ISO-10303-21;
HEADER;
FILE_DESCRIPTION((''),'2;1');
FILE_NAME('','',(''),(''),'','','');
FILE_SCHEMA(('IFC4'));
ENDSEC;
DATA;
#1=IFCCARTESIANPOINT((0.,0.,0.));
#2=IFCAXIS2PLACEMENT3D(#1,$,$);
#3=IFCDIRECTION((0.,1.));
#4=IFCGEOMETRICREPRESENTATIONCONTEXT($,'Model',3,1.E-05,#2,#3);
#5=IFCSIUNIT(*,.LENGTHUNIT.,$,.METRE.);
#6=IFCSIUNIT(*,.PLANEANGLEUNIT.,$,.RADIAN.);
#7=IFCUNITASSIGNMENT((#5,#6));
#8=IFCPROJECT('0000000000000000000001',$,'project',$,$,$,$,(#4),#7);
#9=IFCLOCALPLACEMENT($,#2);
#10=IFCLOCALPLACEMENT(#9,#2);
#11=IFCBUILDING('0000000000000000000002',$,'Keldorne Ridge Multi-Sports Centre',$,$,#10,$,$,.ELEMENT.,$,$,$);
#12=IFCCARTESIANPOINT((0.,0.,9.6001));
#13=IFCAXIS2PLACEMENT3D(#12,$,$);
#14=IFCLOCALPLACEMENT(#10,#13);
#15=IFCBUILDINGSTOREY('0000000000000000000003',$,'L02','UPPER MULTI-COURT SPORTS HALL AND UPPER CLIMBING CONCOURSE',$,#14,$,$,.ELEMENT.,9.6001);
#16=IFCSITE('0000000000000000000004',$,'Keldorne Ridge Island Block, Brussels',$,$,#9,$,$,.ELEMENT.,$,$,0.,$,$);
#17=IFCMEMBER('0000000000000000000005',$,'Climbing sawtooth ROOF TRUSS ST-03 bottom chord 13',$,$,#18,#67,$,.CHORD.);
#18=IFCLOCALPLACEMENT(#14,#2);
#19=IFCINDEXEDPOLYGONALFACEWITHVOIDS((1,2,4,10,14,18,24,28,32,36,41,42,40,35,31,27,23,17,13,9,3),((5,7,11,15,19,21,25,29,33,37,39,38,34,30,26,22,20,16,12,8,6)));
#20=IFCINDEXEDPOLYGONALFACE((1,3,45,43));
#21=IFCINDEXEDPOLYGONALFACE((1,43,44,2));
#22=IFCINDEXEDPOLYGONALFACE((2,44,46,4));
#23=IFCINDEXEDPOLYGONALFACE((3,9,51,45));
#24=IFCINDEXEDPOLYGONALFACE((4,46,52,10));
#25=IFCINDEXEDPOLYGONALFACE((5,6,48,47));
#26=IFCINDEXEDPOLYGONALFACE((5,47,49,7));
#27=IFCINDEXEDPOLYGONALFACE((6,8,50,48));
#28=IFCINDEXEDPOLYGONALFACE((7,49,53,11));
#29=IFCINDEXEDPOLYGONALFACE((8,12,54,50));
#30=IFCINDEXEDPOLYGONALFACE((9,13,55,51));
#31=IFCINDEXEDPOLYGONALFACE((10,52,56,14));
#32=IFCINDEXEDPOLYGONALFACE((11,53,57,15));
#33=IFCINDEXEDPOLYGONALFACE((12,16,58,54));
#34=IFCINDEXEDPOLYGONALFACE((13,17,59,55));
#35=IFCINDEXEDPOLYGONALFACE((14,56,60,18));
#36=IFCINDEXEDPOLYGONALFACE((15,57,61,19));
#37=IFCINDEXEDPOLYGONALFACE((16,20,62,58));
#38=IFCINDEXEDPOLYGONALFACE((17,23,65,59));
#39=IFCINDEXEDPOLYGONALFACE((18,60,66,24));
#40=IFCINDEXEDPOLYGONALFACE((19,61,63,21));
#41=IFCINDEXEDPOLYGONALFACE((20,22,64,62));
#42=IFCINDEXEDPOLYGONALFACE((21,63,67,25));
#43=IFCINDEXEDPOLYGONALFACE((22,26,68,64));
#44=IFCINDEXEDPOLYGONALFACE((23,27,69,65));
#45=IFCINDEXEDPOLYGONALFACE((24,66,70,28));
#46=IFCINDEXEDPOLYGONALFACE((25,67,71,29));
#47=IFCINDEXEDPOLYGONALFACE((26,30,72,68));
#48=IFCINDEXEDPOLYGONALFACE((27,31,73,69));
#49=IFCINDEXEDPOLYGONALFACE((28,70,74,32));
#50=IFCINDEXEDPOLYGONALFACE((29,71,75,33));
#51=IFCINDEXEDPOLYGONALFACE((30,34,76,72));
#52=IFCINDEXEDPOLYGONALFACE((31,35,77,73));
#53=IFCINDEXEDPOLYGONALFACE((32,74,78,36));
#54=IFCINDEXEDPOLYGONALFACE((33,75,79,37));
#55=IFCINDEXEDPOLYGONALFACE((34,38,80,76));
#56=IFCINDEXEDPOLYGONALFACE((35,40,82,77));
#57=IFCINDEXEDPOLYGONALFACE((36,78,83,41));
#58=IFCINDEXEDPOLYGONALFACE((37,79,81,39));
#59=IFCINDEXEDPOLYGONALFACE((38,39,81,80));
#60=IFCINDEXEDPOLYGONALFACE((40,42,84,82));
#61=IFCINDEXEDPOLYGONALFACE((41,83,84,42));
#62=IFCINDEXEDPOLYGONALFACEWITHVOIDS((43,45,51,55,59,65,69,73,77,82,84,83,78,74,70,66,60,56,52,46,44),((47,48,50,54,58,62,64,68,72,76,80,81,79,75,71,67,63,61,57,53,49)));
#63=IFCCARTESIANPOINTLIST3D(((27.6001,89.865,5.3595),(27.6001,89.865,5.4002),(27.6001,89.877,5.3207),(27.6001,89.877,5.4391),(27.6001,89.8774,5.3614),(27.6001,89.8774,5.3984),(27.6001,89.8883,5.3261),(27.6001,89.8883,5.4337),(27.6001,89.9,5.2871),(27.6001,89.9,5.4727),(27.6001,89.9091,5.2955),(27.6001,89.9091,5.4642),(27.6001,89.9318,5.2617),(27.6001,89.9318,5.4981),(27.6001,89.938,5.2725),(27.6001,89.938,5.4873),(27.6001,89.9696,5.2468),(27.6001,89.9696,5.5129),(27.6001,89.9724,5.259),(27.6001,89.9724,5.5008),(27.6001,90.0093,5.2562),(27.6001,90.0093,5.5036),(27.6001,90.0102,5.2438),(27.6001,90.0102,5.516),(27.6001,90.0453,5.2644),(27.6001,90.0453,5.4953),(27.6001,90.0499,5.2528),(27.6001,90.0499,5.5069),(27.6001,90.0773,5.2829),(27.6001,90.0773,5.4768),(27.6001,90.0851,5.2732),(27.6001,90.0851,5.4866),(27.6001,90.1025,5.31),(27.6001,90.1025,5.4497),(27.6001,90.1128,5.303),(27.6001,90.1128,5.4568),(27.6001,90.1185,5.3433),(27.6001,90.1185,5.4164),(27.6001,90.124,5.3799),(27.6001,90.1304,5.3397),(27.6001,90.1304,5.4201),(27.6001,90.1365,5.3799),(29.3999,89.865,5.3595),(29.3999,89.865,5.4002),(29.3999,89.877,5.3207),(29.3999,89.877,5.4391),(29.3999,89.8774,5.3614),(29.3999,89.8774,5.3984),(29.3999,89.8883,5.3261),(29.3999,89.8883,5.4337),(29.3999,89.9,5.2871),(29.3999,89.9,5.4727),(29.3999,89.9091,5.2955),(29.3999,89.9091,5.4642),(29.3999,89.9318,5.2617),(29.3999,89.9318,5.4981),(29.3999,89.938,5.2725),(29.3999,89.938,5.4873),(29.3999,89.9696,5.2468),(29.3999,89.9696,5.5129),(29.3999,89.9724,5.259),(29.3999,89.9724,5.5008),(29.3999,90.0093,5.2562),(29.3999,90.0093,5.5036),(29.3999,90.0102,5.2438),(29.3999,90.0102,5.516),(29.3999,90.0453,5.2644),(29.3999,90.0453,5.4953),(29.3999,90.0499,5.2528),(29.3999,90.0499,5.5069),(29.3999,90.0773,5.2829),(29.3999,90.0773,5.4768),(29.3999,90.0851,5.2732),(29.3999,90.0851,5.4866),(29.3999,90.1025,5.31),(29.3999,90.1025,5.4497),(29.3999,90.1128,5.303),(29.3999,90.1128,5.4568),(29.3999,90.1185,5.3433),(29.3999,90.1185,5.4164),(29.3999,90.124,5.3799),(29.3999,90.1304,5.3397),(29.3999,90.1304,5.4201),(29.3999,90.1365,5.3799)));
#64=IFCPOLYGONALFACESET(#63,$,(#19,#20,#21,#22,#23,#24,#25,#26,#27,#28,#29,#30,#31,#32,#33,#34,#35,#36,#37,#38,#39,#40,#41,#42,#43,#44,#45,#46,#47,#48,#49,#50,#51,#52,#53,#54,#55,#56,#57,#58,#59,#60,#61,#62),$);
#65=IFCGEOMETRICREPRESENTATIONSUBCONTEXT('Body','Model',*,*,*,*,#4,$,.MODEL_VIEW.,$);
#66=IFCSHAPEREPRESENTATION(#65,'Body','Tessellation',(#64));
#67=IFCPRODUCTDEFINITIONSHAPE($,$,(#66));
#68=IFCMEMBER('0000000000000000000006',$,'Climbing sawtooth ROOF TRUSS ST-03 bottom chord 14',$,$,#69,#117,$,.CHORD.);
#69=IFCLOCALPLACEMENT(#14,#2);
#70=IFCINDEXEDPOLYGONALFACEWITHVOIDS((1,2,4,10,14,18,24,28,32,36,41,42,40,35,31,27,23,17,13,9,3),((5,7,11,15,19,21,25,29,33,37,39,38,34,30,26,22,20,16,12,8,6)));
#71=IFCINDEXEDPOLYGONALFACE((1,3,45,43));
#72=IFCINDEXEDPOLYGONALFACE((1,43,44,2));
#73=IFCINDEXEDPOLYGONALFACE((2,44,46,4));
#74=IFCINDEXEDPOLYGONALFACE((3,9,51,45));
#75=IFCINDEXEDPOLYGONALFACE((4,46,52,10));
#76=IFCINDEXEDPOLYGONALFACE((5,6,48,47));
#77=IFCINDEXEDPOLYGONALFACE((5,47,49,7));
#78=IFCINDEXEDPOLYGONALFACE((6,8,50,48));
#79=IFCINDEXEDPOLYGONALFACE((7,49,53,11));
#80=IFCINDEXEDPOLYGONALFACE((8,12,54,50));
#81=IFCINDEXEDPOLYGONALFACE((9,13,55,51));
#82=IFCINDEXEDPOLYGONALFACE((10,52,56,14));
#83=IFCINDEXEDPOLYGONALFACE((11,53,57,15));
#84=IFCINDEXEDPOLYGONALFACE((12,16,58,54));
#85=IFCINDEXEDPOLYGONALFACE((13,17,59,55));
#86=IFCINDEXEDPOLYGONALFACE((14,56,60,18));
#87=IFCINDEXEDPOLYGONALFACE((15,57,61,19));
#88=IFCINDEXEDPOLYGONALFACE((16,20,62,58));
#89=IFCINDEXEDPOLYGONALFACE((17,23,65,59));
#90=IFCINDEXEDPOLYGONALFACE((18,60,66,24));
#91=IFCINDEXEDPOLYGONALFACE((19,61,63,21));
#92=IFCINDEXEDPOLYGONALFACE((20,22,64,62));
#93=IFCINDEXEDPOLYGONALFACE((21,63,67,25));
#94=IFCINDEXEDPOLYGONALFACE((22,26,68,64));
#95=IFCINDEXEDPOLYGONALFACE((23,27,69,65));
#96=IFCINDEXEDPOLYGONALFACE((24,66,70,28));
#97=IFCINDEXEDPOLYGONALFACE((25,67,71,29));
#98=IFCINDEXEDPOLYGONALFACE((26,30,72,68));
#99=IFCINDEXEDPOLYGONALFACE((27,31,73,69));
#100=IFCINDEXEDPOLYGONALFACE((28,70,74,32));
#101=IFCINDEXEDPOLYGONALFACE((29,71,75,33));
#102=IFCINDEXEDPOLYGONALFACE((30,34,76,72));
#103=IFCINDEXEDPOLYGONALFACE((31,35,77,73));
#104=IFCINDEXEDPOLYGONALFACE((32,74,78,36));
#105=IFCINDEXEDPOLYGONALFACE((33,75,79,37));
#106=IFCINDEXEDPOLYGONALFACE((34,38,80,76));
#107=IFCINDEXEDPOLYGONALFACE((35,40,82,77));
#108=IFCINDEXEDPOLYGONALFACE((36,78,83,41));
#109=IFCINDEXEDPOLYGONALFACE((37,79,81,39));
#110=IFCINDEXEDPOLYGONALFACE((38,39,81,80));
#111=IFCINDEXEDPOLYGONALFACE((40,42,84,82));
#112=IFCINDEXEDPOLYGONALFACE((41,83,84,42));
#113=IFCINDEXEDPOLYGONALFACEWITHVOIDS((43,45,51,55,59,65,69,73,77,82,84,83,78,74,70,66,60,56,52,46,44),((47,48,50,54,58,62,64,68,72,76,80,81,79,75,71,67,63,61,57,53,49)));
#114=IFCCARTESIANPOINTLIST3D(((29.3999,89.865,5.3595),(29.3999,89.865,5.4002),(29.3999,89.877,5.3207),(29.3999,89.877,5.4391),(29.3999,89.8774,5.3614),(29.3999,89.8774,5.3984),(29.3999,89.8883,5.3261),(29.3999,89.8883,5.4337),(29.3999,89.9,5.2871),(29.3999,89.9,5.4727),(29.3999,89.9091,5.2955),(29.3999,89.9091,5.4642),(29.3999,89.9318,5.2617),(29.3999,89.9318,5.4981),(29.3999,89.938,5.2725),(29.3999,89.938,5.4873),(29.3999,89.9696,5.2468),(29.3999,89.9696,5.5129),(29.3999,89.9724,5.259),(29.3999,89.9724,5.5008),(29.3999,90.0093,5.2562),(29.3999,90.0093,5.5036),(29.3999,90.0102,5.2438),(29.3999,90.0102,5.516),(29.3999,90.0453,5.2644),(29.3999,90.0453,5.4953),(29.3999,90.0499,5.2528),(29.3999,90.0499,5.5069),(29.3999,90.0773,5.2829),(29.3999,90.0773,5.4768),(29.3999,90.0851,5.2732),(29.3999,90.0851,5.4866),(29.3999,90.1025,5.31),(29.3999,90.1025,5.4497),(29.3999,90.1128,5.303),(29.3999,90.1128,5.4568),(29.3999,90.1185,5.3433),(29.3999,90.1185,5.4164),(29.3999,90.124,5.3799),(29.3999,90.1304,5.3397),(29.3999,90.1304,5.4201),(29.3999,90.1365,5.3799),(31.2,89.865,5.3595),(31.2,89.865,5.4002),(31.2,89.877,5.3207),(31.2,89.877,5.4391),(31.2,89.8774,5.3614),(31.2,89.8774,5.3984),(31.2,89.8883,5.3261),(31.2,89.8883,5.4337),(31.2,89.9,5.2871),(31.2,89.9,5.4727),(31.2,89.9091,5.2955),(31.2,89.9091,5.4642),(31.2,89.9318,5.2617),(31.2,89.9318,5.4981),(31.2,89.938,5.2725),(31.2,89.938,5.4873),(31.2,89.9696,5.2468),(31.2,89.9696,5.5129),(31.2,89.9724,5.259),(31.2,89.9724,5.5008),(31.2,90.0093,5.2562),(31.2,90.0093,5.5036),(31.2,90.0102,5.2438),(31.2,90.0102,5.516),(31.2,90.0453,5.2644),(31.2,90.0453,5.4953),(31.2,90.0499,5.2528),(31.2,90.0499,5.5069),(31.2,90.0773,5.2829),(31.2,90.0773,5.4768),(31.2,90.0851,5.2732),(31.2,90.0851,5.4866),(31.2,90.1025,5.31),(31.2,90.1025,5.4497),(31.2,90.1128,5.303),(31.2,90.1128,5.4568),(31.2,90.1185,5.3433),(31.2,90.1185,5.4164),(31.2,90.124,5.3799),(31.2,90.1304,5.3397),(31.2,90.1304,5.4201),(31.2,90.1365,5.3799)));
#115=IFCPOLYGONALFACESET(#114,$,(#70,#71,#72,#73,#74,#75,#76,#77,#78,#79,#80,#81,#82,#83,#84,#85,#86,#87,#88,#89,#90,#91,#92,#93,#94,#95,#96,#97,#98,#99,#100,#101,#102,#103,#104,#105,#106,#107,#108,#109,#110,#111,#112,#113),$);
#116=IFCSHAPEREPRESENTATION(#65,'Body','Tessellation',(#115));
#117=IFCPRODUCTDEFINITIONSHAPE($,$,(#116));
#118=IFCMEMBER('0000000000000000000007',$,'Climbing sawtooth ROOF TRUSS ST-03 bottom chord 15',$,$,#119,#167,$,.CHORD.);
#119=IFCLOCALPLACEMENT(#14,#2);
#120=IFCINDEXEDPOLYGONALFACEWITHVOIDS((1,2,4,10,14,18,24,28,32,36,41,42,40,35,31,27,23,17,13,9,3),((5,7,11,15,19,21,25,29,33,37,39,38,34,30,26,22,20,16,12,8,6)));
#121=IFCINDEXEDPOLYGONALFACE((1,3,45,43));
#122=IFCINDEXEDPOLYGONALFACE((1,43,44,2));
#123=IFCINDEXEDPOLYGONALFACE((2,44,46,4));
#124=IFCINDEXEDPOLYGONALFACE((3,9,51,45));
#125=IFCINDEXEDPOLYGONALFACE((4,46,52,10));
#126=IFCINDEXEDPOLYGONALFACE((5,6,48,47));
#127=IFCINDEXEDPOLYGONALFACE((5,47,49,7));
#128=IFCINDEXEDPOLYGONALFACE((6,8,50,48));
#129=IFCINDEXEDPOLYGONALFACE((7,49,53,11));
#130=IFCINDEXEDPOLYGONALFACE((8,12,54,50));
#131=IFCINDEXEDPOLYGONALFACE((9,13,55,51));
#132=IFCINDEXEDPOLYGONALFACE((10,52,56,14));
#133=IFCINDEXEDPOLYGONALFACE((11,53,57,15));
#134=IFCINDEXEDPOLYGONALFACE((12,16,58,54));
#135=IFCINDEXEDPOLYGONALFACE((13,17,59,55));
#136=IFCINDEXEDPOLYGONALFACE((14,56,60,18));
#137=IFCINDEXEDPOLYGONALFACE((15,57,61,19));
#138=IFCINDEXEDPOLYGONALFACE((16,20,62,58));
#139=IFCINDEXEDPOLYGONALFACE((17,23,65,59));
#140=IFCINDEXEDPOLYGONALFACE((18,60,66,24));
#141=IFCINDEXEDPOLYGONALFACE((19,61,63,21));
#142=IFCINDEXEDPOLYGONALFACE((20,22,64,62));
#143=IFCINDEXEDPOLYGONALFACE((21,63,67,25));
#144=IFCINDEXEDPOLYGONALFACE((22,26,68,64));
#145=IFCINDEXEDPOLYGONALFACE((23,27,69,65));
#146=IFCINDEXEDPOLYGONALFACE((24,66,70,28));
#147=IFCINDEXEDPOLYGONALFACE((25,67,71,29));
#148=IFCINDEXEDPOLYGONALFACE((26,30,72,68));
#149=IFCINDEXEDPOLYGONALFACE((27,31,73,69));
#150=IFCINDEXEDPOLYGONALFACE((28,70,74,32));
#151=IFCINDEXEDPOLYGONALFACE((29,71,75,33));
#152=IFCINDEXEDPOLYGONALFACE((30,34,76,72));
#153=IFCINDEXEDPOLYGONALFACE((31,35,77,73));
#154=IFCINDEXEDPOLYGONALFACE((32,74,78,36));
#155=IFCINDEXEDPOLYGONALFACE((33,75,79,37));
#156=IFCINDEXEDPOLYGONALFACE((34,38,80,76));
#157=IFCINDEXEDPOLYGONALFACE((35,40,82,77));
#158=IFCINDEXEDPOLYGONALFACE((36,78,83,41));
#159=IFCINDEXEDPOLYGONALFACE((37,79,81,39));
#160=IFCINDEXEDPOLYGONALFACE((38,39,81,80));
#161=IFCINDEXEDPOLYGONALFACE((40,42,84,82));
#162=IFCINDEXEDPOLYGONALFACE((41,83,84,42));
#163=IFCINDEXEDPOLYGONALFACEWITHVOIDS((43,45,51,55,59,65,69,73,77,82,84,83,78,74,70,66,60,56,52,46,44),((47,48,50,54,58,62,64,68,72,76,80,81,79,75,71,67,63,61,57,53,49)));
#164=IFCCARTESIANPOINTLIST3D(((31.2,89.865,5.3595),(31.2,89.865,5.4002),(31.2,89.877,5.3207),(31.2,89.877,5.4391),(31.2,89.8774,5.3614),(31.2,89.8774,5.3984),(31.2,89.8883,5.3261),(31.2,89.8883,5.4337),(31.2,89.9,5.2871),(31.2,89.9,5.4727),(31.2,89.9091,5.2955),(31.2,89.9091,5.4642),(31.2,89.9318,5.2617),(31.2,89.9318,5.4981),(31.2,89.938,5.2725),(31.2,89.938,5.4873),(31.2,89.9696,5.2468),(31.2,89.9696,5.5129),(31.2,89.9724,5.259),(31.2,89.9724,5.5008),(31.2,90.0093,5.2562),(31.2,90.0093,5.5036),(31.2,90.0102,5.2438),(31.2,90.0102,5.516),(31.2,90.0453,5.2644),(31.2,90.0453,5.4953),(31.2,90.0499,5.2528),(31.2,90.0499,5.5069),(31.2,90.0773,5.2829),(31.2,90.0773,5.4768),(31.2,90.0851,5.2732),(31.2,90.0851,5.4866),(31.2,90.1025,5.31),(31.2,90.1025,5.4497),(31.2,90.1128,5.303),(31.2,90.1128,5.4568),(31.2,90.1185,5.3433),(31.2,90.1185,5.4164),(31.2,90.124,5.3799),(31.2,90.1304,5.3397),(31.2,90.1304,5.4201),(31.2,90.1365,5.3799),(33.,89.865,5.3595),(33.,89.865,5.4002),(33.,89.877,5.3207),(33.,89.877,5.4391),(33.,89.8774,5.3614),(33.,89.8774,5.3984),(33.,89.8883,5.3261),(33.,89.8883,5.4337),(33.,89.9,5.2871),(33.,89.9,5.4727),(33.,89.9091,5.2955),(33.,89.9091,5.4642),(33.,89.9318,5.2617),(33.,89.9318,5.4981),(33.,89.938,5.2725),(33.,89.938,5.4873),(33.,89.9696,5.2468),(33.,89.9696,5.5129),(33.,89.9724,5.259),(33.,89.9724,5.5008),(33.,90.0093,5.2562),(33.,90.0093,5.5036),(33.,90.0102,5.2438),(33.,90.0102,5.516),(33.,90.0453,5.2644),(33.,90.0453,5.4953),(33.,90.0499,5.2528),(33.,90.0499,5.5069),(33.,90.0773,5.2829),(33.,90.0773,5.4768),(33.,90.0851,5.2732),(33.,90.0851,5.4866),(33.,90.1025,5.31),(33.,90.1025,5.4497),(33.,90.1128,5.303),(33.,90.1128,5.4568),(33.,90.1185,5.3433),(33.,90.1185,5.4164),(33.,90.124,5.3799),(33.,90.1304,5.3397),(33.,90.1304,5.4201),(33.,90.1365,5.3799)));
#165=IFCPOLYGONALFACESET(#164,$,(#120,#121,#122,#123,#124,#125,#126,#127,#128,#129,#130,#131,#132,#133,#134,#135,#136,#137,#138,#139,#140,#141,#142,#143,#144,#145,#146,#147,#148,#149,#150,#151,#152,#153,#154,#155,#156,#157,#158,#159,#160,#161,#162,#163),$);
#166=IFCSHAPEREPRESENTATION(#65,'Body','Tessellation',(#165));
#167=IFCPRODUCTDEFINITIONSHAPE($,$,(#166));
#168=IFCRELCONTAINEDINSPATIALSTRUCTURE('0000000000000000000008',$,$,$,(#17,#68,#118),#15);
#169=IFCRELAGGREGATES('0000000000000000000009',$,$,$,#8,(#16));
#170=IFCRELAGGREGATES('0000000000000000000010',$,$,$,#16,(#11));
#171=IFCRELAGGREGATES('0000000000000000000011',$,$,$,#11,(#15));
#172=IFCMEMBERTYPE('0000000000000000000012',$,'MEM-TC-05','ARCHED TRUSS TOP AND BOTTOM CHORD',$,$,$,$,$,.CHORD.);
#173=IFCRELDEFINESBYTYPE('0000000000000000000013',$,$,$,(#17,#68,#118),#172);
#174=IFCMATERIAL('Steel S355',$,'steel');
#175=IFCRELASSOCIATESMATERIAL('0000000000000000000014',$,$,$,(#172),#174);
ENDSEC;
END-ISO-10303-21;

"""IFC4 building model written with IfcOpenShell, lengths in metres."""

from ifc_helpers import new_model, si_unit, direction, frame, origin, origin_2d, place, context, subcontext, project, spatial, hollow_circle, extrude, material, material_profile, profile_set, type_object, element, save


model = new_model("IFC4")

# Units and contexts
model_context = context("Model", 3, precision=1e-05, world=origin(), true_north=direction((0.0, 1.0)))
body_context = subcontext(model_context, "Body", "Model", "MODEL_VIEW")
ifc_project = project(units=[si_unit("LENGTHUNIT", "METRE"), si_unit("PLANEANGLEUNIT", "RADIAN")], contexts=[model_context])

# Site, building, storey
site_placement = place(None, origin())
site = spatial("IfcSite", under=ifc_project, at=site_placement, Name="Keldorne Ridge Island Block, Brussels", CompositionType="ELEMENT", RefElevation=0.0)
building_placement = place(site_placement, origin())
building = spatial("IfcBuilding", under=site, at=building_placement, Name="Keldorne Ridge Multi-Sports Centre", CompositionType="ELEMENT")
storey_placement = place(building_placement, frame((0.0, 0.0, 9.6001)))
storey = spatial("IfcBuildingStorey", under=building, at=storey_placement, Name="L02", Description="UPPER MULTI-COURT SPORTS HALL AND UPPER CLIMBING CONCOURSE", CompositionType="ELEMENT", Elevation=9.6001)

# Shared definitions
ifc_material = material(Name="Steel S355", Category="steel")

# Members
ifc_material_profile_1 = material_profile(ifc_material, hollow_circle(Radius=0.1365, WallThickness=0.0125, at=origin_2d()), Name="CHS 273x12.5")
ifc_profile_set_1 = profile_set([ifc_material_profile_1], Name="Steel S355")
member_type_1 = type_object("IfcMemberType", Name="MEM-TC-05", Description="ARCHED TRUSS TOP AND BOTTOM CHORD", PredefinedType="CHORD", material=ifc_profile_set_1)
member_1_placement = place(storey_placement, frame((27.6001, 90.0, 5.3799), z_axis=(1.0, 0.0, 0.0), x_axis=(0.0, 1.0, 0.0)))
element("IfcMember", 1, at=member_1_placement, inside=storey, type_object=member_type_1, Name="Climbing sawtooth ROOF TRUSS ST-03 bottom chord 13", PredefinedType="CHORD", context=body_context, shape_type="SweptSolid", body=[
    extrude(hollow_circle(Radius=0.1365, WallThickness=0.0125, at=origin_2d()), origin(), (0.0, 0.0, 1.0), 1.7998),
])
for number, where, z_axis, x_axis, name in (
    (2, (29.3999, 90.0, 5.3799), (1.0, 0.0, 0.0), (0.0, 1.0, 0.0), "Climbing sawtooth ROOF TRUSS ST-03 bottom chord 14"),
    (3, (31.2, 90.0, 5.3799), (1.0, 0.0, 0.0), (0.0, 1.0, 0.0), "Climbing sawtooth ROOF TRUSS ST-03 bottom chord 15"),
):
    element("IfcMember", number, at=place(storey_placement, frame(where, z_axis=z_axis, x_axis=x_axis)), inside=storey, type_object=member_type_1, Name=name, PredefinedType="CHORD", context=body_context, shape_type="SweptSolid", body=[
        extrude(hollow_circle(Radius=0.1365, WallThickness=0.0125, at=origin_2d()), origin(), (0.0, 0.0, 1.0), 1.8),
    ])

save(model, "model.ifc")
